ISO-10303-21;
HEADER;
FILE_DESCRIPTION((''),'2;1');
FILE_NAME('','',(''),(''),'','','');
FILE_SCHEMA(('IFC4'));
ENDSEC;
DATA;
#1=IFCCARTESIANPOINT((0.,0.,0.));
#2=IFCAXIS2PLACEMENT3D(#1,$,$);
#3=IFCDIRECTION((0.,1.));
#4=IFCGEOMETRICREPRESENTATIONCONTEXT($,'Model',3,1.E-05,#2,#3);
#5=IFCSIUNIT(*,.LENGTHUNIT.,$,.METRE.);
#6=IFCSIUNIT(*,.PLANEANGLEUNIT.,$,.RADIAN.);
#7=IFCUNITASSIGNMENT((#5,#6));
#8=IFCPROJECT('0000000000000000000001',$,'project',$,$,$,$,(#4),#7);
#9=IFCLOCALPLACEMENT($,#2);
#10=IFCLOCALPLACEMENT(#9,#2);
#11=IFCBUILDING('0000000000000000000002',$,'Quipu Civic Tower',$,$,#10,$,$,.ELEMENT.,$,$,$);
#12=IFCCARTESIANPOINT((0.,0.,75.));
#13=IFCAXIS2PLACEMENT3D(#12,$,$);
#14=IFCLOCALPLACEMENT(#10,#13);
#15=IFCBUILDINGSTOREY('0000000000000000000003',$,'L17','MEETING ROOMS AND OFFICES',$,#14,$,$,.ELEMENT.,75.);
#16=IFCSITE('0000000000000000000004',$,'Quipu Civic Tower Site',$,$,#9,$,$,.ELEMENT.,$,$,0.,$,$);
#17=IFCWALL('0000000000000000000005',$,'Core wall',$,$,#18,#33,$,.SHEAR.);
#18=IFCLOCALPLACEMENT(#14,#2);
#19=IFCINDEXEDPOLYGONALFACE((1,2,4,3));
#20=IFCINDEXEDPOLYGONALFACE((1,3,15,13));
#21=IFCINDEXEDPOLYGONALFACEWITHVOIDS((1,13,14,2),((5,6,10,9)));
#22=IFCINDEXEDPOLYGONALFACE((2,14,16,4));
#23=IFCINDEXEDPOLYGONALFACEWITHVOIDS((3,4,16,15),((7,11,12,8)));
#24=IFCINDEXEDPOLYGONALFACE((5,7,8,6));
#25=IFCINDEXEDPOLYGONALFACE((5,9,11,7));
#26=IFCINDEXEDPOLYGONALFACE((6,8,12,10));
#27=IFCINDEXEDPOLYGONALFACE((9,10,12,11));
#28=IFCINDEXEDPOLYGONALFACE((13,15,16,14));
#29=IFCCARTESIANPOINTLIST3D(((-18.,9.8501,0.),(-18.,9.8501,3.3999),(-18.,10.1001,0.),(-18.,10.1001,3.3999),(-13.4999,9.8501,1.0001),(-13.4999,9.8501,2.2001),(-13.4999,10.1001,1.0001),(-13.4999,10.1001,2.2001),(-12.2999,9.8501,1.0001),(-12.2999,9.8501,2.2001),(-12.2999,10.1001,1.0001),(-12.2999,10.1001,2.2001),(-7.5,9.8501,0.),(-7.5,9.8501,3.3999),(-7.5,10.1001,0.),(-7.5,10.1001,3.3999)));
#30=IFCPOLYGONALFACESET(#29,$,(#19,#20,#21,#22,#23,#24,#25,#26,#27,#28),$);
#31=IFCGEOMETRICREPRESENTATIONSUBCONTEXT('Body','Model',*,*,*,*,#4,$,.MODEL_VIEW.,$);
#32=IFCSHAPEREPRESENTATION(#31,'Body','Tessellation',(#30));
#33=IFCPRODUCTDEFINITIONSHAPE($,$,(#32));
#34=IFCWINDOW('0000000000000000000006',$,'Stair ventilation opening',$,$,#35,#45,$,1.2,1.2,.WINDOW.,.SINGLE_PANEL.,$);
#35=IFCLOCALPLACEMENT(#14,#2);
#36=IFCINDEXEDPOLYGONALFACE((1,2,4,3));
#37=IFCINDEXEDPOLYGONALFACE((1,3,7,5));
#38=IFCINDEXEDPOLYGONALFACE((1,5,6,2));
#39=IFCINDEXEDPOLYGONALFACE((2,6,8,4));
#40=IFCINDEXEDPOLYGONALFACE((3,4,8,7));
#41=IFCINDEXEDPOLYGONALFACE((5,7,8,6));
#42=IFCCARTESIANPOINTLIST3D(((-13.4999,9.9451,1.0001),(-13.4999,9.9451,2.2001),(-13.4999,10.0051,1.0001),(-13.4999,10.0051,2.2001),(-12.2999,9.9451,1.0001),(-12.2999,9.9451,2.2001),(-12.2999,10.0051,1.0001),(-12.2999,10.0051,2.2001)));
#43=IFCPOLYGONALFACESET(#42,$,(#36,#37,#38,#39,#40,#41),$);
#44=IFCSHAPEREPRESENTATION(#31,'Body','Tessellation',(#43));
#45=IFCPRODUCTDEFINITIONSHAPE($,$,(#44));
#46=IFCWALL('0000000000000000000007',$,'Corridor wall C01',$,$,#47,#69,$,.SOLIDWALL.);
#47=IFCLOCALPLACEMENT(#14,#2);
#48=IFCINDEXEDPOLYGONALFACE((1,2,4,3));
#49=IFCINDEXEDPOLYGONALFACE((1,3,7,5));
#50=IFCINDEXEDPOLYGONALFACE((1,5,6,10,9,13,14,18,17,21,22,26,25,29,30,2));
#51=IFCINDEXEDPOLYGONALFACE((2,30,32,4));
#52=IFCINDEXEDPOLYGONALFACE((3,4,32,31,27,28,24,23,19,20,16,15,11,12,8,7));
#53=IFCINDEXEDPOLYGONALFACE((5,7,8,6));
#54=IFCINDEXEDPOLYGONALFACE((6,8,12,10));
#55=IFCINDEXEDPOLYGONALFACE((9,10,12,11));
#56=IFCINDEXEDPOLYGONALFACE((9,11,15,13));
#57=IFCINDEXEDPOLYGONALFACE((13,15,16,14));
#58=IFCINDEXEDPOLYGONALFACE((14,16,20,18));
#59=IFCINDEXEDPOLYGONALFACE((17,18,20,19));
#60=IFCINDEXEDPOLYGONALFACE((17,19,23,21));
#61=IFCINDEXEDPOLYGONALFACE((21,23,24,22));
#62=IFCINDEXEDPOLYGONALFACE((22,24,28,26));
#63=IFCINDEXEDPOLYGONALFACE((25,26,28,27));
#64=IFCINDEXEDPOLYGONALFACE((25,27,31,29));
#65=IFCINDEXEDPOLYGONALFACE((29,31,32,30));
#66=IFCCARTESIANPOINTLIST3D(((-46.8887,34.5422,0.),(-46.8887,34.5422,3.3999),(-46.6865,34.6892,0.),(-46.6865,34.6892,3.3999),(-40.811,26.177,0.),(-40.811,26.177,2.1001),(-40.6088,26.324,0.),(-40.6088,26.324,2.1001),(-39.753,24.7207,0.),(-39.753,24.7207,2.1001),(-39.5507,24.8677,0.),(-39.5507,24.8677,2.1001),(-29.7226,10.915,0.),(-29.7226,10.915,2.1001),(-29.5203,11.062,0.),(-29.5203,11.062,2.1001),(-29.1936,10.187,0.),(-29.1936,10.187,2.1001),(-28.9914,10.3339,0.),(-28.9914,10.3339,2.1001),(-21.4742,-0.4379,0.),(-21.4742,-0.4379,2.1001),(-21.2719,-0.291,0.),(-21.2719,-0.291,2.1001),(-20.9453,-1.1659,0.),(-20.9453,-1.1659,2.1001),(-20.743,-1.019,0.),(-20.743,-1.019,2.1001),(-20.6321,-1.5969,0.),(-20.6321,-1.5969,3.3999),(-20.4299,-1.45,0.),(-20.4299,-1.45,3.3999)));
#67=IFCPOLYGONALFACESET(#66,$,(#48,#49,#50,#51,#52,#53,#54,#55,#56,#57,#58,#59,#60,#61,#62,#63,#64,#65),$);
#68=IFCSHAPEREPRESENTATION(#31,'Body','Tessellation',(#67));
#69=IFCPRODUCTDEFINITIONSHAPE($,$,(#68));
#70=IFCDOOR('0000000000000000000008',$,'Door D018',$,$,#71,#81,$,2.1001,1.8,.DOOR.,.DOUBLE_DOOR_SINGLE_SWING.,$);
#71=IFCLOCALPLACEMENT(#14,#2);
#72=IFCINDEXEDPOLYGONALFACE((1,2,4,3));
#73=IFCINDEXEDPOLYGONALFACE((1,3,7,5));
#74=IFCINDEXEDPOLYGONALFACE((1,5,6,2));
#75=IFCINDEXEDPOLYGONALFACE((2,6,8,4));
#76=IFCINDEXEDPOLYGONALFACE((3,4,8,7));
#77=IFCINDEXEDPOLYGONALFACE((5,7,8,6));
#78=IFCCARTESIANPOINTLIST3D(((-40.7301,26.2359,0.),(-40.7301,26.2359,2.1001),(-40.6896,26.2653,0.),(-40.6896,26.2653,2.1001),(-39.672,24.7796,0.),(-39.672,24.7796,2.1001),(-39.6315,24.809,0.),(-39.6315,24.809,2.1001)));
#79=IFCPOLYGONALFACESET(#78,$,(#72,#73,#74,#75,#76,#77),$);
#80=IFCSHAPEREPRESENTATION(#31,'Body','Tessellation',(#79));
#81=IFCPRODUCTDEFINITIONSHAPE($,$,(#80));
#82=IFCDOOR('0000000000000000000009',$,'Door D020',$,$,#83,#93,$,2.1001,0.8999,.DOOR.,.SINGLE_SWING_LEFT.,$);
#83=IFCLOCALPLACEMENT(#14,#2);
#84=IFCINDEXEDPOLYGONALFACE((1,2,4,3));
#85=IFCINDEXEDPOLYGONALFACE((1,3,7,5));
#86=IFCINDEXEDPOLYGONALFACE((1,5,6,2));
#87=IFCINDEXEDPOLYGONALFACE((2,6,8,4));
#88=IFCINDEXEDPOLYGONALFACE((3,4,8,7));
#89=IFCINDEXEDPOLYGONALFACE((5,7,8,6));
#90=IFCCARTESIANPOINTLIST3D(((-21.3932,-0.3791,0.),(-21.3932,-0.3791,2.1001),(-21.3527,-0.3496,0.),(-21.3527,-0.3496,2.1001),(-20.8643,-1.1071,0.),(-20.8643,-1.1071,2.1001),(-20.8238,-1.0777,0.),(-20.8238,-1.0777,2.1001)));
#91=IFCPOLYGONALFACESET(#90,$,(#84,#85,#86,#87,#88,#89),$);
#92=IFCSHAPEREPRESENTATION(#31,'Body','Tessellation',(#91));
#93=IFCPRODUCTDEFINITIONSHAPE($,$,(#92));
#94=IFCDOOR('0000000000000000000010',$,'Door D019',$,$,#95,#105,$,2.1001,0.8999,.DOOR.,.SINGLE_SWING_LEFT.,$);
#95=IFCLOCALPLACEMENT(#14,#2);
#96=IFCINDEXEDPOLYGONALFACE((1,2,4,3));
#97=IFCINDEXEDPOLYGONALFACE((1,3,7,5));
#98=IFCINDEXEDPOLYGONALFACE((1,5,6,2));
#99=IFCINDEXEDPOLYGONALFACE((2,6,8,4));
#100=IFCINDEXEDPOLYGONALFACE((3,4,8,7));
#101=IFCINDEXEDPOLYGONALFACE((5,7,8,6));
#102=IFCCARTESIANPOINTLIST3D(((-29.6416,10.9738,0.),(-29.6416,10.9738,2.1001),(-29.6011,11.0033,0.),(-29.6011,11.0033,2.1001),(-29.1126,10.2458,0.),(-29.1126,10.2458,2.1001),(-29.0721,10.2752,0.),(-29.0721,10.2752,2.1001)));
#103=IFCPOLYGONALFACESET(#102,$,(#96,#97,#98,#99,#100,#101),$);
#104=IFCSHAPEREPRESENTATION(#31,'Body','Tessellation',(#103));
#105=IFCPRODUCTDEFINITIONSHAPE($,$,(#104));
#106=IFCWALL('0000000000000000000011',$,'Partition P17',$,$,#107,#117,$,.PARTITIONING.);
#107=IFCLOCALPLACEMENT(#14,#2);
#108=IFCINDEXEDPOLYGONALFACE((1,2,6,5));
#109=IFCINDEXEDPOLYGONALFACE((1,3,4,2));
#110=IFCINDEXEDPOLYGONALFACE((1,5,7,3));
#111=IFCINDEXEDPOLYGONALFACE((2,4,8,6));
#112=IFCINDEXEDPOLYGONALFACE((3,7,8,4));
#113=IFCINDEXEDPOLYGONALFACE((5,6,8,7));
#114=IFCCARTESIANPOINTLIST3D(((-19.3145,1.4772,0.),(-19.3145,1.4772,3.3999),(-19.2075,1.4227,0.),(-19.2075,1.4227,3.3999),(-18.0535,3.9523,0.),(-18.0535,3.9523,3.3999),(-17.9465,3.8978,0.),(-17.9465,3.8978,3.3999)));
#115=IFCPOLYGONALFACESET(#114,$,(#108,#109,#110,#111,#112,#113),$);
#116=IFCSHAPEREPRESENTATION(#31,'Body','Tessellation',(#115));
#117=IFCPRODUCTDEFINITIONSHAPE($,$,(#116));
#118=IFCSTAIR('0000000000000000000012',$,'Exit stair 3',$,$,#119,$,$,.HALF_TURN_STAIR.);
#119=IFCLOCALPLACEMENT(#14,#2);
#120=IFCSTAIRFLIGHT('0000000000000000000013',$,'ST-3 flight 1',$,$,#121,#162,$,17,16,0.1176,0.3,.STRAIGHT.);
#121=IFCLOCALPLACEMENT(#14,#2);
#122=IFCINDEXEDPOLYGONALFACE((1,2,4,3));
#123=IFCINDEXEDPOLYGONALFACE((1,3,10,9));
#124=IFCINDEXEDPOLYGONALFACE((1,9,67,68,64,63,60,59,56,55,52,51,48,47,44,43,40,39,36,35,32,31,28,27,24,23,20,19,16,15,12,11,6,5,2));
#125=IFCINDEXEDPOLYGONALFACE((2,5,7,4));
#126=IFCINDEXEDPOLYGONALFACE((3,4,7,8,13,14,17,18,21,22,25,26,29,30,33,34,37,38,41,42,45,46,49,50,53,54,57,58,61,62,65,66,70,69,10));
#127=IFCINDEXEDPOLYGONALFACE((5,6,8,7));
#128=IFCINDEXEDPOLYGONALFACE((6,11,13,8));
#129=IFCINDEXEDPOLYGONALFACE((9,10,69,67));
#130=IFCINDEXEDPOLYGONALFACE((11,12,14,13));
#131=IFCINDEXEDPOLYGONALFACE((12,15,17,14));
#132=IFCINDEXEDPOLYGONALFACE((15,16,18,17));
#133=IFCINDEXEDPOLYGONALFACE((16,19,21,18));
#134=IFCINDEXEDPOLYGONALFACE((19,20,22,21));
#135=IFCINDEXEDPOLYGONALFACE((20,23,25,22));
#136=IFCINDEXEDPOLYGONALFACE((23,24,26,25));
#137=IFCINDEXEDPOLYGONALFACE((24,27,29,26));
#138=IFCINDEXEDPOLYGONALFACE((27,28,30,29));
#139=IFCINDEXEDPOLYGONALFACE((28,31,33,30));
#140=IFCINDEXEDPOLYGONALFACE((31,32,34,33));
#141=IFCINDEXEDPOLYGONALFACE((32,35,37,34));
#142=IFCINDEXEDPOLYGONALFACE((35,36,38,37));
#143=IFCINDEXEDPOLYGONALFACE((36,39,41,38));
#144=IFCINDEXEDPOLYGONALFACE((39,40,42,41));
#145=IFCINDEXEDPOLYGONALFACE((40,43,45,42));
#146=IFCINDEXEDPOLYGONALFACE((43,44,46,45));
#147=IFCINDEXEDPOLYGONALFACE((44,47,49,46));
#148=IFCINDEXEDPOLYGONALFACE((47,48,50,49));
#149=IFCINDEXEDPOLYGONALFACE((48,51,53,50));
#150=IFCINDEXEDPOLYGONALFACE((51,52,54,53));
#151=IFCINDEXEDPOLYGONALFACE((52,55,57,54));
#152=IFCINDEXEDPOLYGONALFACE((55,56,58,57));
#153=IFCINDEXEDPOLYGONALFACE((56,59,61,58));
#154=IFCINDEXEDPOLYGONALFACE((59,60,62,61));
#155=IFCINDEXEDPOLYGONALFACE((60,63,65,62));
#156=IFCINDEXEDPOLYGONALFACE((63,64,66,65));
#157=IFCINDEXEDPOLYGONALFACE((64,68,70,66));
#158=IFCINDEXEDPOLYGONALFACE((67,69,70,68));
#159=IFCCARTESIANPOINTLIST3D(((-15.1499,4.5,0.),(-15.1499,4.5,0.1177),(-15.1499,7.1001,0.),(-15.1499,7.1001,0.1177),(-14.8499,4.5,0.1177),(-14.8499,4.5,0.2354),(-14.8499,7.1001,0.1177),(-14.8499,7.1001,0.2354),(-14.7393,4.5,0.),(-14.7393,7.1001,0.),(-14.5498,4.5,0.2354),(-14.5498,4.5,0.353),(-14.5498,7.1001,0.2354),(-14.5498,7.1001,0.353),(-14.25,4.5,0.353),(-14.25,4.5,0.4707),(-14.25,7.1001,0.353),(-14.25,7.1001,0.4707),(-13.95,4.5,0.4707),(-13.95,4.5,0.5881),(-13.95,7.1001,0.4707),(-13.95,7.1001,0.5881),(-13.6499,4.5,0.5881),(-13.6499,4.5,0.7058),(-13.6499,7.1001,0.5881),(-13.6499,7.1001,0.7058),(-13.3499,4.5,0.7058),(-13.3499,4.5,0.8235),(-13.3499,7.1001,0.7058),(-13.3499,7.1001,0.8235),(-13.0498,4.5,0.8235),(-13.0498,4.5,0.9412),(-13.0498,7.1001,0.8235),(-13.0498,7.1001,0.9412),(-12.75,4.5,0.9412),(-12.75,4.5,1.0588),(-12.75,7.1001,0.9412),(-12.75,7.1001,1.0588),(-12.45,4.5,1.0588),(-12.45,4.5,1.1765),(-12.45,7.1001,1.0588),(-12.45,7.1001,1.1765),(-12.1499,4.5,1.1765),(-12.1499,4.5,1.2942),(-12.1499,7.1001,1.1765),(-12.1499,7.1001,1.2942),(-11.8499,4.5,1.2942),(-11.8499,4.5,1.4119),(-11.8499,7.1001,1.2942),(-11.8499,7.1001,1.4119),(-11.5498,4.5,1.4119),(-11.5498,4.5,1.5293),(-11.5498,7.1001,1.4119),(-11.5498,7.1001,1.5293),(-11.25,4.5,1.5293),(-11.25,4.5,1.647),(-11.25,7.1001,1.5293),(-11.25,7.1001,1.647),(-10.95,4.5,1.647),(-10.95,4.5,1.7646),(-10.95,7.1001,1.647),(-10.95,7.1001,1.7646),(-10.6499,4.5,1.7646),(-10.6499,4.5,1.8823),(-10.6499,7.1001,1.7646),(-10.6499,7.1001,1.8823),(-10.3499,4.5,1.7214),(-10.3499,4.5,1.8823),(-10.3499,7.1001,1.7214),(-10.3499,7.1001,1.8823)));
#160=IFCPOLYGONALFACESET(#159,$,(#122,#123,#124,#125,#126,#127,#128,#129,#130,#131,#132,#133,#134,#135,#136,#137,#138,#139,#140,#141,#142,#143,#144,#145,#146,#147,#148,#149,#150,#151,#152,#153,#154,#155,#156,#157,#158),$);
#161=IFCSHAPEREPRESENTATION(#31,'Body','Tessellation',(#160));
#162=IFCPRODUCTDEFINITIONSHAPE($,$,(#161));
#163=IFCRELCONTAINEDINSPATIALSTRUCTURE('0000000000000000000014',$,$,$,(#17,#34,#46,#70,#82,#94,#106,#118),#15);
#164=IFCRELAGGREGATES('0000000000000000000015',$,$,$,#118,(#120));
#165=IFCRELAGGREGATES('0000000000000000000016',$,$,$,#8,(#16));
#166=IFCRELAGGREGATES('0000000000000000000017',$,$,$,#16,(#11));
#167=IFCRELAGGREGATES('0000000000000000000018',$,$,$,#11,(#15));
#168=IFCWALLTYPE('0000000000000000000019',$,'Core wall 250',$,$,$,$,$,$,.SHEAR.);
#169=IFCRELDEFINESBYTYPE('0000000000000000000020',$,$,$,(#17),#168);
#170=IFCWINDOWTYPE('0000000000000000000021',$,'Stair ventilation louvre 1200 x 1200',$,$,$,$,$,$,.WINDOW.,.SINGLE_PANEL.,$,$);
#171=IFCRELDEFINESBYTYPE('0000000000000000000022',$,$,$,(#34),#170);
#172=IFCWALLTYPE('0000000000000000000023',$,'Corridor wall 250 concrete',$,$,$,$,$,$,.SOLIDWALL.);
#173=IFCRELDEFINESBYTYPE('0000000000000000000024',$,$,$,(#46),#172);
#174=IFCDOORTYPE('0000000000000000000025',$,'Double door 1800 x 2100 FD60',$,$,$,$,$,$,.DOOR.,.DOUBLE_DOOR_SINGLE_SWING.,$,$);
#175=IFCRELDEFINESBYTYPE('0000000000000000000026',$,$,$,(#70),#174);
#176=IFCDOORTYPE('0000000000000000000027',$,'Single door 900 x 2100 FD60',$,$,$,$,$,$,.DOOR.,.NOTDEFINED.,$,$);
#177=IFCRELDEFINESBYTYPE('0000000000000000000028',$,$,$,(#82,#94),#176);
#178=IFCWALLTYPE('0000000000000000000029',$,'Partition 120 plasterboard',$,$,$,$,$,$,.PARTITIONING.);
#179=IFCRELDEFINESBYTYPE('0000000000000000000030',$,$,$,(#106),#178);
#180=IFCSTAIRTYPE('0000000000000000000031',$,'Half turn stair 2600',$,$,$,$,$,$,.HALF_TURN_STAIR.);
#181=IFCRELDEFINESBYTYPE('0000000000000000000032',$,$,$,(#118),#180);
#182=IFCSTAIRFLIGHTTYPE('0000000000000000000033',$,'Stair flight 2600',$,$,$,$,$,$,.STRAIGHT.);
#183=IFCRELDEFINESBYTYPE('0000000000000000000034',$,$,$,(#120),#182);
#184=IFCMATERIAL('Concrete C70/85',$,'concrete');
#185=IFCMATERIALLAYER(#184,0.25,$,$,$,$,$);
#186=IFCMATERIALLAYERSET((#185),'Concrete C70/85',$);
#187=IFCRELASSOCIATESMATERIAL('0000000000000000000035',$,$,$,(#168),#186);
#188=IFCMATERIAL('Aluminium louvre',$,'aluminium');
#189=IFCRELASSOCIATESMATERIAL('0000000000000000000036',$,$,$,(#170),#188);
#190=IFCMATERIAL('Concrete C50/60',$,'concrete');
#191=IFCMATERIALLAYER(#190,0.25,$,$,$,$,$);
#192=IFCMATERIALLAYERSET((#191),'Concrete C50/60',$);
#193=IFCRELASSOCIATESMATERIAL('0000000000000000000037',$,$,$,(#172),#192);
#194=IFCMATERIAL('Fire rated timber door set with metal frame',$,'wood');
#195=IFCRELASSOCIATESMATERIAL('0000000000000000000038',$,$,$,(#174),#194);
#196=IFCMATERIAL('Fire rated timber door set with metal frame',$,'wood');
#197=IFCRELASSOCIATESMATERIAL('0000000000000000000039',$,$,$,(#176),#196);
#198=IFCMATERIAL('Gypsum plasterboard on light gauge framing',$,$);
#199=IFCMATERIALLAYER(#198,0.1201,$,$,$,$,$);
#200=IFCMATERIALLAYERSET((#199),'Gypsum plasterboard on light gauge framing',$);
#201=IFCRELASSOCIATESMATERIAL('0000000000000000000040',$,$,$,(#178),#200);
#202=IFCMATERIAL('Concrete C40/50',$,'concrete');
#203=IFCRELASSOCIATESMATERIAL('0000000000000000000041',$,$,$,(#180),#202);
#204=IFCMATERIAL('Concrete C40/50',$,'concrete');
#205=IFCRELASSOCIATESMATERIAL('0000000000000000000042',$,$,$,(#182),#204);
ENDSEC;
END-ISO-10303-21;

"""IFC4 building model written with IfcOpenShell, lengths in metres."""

from ifc_helpers import new_model, si_unit, direction, frame, frame_2d, origin, place, context, subcontext, project, spatial, polyline, rectangle, outline, extrude, material, layer, layer_set, type_object, element, fill, aggregate, save


model = new_model("IFC4")

# Units and contexts
model_context = context("Model", 3, precision=1e-05, world=origin(), true_north=direction((0.0, 1.0)))
body_context = subcontext(model_context, "Body", "Model", "MODEL_VIEW")
ifc_project = project(units=[si_unit("LENGTHUNIT", "METRE"), si_unit("PLANEANGLEUNIT", "RADIAN")], contexts=[model_context])

# Site, building, storey
site_placement = place(None, origin())
site = spatial("IfcSite", under=ifc_project, at=site_placement, Name="Quipu Civic Tower Site", CompositionType="ELEMENT", RefElevation=0.0)
building_placement = place(site_placement, origin())
building = spatial("IfcBuilding", under=site, at=building_placement, Name="Quipu Civic Tower", CompositionType="ELEMENT")
storey_placement = place(building_placement, frame((0.0, 0.0, 75.0)))
storey = spatial("IfcBuildingStorey", under=building, at=storey_placement, Name="L17", Description="MEETING ROOMS AND OFFICES", CompositionType="ELEMENT", Elevation=75.0)

# Shared definitions
ifc_material_1 = material(Name="Concrete C70/85", Category="concrete")
ifc_layer_1 = layer(ifc_material_1, 0.25)
ifc_layer_set_1 = layer_set([ifc_layer_1], Name="Concrete C70/85")
wall_type_1 = type_object("IfcWallType", Name="Core wall 250", PredefinedType="SHEAR", material=ifc_layer_set_1)

# Wall, opening, window
wall_1_placement = place(storey_placement, frame((-18.0, 9.9751, 0.0), z_axis=(0.0, 0.0, 1.0), x_axis=(1.0, 0.0, 0.0)))
wall_1 = element("IfcWall", 1, at=wall_1_placement, inside=storey, type_object=wall_type_1, Name="Core wall", PredefinedType="SHEAR", context=body_context, shape_type="SweptSolid", body=[
    extrude(rectangle(XDim=10.5, YDim=0.25, at=frame_2d((5.25, 0.0))), origin(), (0.0, 0.0, 1.0), 3.3999),
])
opening_1_placement = place(wall_1_placement, frame((4.5, 0.0, 1.0)))
opening_1 = element("IfcOpeningElement", 2, at=opening_1_placement, cuts=wall_1, PredefinedType="OPENING", context=body_context, shape_type="SweptSolid", body=[
    extrude(rectangle(XDim=1.2, YDim=1.2, at=frame_2d((0.6001, 0.6001))), frame((0.0, 0.135, 0.0), z_axis=(0.0, -1.0, 0.0), x_axis=(1.0, 0.0, 0.0)), (0.0, 0.0, 1.0), 0.27),
])
ifc_material_2 = material(Name="Aluminium louvre", Category="aluminium")
window_type = type_object("IfcWindowType", Name="Stair ventilation louvre 1200 x 1200", PartitioningType="SINGLE_PANEL", PredefinedType="WINDOW", material=ifc_material_2)
window_placement = place(opening_1_placement, origin())
window = element("IfcWindow", 3, at=window_placement, inside=storey, type_object=window_type, Name="Stair ventilation opening", OverallHeight=1.2, OverallWidth=1.2, PartitioningType="SINGLE_PANEL", PredefinedType="WINDOW", context=body_context, shape_type="SweptSolid", body=[
    extrude(rectangle(XDim=1.2, YDim=1.2, at=frame_2d((0.6001, 0.6001))), frame((0.0, 0.03, 0.0), z_axis=(0.0, -1.0, 0.0), x_axis=(1.0, 0.0, 0.0)), (0.0, 0.0, 1.0), 0.0601),
])
fill(opening_1, window)

# Wall, openings, doors
ifc_material_3 = material(Name="Concrete C50/60", Category="concrete")
ifc_layer_2 = layer(ifc_material_3, 0.25)
ifc_layer_set_2 = layer_set([ifc_layer_2], Name="Concrete C50/60")
wall_type_2 = type_object("IfcWallType", Name="Corridor wall 250 concrete", PredefinedType="SOLIDWALL", material=ifc_layer_set_2)
wall_2_placement = place(storey_placement, frame((-20.531, -1.5234, 0.0), z_axis=(0.0, 0.0, 1.0), x_axis=(-0.587785, 0.809017, 0.0)))
wall_2 = element("IfcWall", 4, at=wall_2_placement, inside=storey, type_object=wall_type_2, Name="Corridor wall C01", PredefinedType="SOLIDWALL", context=body_context, shape_type="SweptSolid", body=[
    extrude(rectangle(XDim=44.6704, YDim=0.25, at=frame_2d((22.3352, 0.0))), origin(), (0.0, 0.0, 1.0), 3.3999),
])
opening_2_placement = place(wall_2_placement, frame((0.5327, 0.0, 0.0)))
opening_2 = element("IfcOpeningElement", 5, at=opening_2_placement, cuts=wall_2, PredefinedType="OPENING", context=body_context, shape_type="SweptSolid", body=[
    extrude(rectangle(XDim=0.8999, YDim=2.1001, at=frame_2d((0.45, 1.05))), frame((0.0, 0.135, 0.0), z_axis=(0.0, -1.0, 0.0), x_axis=(1.0, 0.0, 0.0)), (0.0, 0.0, 1.0), 0.27),
])
opening_3_placement = place(wall_2_placement, frame((32.5305, 0.0, 0.0)))
opening_3 = element("IfcOpeningElement", 6, at=opening_3_placement, cuts=wall_2, PredefinedType="OPENING", context=body_context, shape_type="SweptSolid", body=[
    extrude(rectangle(XDim=1.8, YDim=2.1001, at=frame_2d((0.8999, 1.05))), frame((0.0, 0.135, 0.0), z_axis=(0.0, -1.0, 0.0), x_axis=(1.0, 0.0, 0.0)), (0.0, 0.0, 1.0), 0.27),
])
opening_4_placement = place(wall_2_placement, frame((14.5657, 0.0, 0.0)))
opening_4 = element("IfcOpeningElement", 7, at=opening_4_placement, cuts=wall_2, PredefinedType="OPENING", context=body_context, shape_type="SweptSolid", body=[
    extrude(rectangle(XDim=0.8999, YDim=2.1001, at=frame_2d((0.45, 1.05))), frame((0.0, 0.135, 0.0), z_axis=(0.0, -1.0, 0.0), x_axis=(1.0, 0.0, 0.0)), (0.0, 0.0, 1.0), 0.27),
])
ifc_material_4 = material(Name="Fire rated timber door set with metal frame", Category="wood")
door_type_1 = type_object("IfcDoorType", Name="Double door 1800 x 2100 FD60", OperationType="DOUBLE_DOOR_SINGLE_SWING", PredefinedType="DOOR", material=ifc_material_4)
door_1_placement = place(opening_3_placement, origin())
door_1 = element("IfcDoor", 8, at=door_1_placement, inside=storey, type_object=door_type_1, Name="Door D018", OperationType="DOUBLE_DOOR_SINGLE_SWING", OverallHeight=2.1001, OverallWidth=1.8, PredefinedType="DOOR", context=body_context, shape_type="SweptSolid", body=[
    extrude(rectangle(XDim=1.8, YDim=2.1001, at=frame_2d((0.8999, 1.05))), frame((0.0, 0.0249, 0.0), z_axis=(0.0, -1.0, 0.0), x_axis=(1.0, 0.0, 0.0)), (0.0, 0.0, 1.0), 0.05),
])
fill(opening_3, door_1)
ifc_material_5 = material(Name="Fire rated timber door set with metal frame", Category="wood")
door_type_2 = type_object("IfcDoorType", Name="Single door 900 x 2100 FD60", OperationType="NOTDEFINED", PredefinedType="DOOR", material=ifc_material_5)
door_2_placement = place(opening_2_placement, origin())
door_2 = element("IfcDoor", 9, at=door_2_placement, inside=storey, type_object=door_type_2, Name="Door D020", OperationType="SINGLE_SWING_LEFT", OverallHeight=2.1001, OverallWidth=0.8999, PredefinedType="DOOR", context=body_context, shape_type="SweptSolid", body=[
    extrude(rectangle(XDim=0.8999, YDim=2.1001, at=frame_2d((0.45, 1.05))), frame((0.0, 0.0249, 0.0), z_axis=(0.0, -1.0, 0.0), x_axis=(1.0, 0.0, 0.0)), (0.0, 0.0, 1.0), 0.05),
])
fill(opening_2, door_2)
door_3_placement = place(opening_4_placement, origin())
door_3 = element("IfcDoor", 10, at=door_3_placement, inside=storey, type_object=door_type_2, Name="Door D019", OperationType="SINGLE_SWING_LEFT", OverallHeight=2.1001, OverallWidth=0.8999, PredefinedType="DOOR", context=body_context, shape_type="SweptSolid", body=[
    extrude(rectangle(XDim=0.8999, YDim=2.1001, at=frame_2d((0.45, 1.05))), frame((0.0, 0.0249, 0.0), z_axis=(0.0, -1.0, 0.0), x_axis=(1.0, 0.0, 0.0)), (0.0, 0.0, 1.0), 0.05),
])
fill(opening_4, door_3)

# Wall
ifc_material_6 = material(Name="Gypsum plasterboard on light gauge framing")
ifc_layer_3 = layer(ifc_material_6, 0.1201)
ifc_layer_set_3 = layer_set([ifc_layer_3], Name="Gypsum plasterboard on light gauge framing")
wall_type_3 = type_object("IfcWallType", Name="Partition 120 plasterboard", PredefinedType="PARTITIONING", material=ifc_layer_set_3)
wall_3_placement = place(storey_placement, frame((-19.261, 1.45, 0.0), z_axis=(0.0, 0.0, 1.0), x_axis=(0.453951, 0.891027, 0.0)))
element("IfcWall", 11, at=wall_3_placement, inside=storey, type_object=wall_type_3, Name="Partition P17", PredefinedType="PARTITIONING", context=body_context, shape_type="SweptSolid", body=[
    extrude(rectangle(XDim=2.7778, YDim=0.1201, at=frame_2d((1.3889, 0.0))), origin(), (0.0, 0.0, 1.0), 3.3999),
])

# Stair, stair flight
ifc_material_7 = material(Name="Concrete C40/50", Category="concrete")
stair_type = type_object("IfcStairType", Name="Half turn stair 2600", PredefinedType="HALF_TURN_STAIR", material=ifc_material_7)
stair_placement = place(storey_placement, origin())
stair = element("IfcStair", 12, at=stair_placement, inside=storey, type_object=stair_type, Name="Exit stair 3", PredefinedType="HALF_TURN_STAIR")
ifc_material_8 = material(Name="Concrete C40/50", Category="concrete")
stair_flight_type = type_object("IfcStairFlightType", Name="Stair flight 2600", PredefinedType="STRAIGHT", material=ifc_material_8)
stair_flight_placement = place(storey_placement, frame((-15.1499, 5.8, 0.0), z_axis=(0.0, 0.0, 1.0), x_axis=(1.0, 0.0, 0.0)))
stair_flight = element("IfcStairFlight", 13, at=stair_flight_placement, type_object=stair_flight_type, Name="ST-3 flight 1", NumberOfRisers=17, NumberOfTreads=16, PredefinedType="STRAIGHT", RiserHeight=0.1176, TreadLength=0.3, context=body_context, shape_type="SweptSolid", body=[
    extrude(outline(polyline([(0.0, 0.0), (0.0, 0.1177), (0.3, 0.1177), (0.3, 0.2354), (0.6001, 0.2354), (0.6001, 0.353), (0.8999, 0.353), (0.8999, 0.4707), (1.2, 0.4707), (1.2, 0.5881), (1.5, 0.5881), (1.5, 0.7058), (1.8, 0.7058), (1.8, 0.8235), (2.1001, 0.8235), (2.1001, 0.9412), (2.3999, 0.9412), (2.3999, 1.0588), (2.7, 1.0588), (2.7, 1.1765), (3.0, 1.1765), (3.0, 1.2942), (3.3, 1.2942), (3.3, 1.4119), (3.6001, 1.4119), (3.6001, 1.5293), (3.8999, 1.5293), (3.8999, 1.647), (4.2, 1.647), (4.2, 1.7646), (4.5, 1.7646), (4.5, 1.8823), (4.8, 1.8823), (4.8, 2.0), (4.8, 1.7214), (0.4106, 0.0), (0.0, 0.0)])), frame((0.0, 1.3, 0.0), z_axis=(0.0, -1.0, 0.0), x_axis=(1.0, 0.0, 0.0)), (0.0, 0.0, 1.0), 2.6001),
])
aggregate(stair, [stair_flight])

save(model, "model.ifc")
